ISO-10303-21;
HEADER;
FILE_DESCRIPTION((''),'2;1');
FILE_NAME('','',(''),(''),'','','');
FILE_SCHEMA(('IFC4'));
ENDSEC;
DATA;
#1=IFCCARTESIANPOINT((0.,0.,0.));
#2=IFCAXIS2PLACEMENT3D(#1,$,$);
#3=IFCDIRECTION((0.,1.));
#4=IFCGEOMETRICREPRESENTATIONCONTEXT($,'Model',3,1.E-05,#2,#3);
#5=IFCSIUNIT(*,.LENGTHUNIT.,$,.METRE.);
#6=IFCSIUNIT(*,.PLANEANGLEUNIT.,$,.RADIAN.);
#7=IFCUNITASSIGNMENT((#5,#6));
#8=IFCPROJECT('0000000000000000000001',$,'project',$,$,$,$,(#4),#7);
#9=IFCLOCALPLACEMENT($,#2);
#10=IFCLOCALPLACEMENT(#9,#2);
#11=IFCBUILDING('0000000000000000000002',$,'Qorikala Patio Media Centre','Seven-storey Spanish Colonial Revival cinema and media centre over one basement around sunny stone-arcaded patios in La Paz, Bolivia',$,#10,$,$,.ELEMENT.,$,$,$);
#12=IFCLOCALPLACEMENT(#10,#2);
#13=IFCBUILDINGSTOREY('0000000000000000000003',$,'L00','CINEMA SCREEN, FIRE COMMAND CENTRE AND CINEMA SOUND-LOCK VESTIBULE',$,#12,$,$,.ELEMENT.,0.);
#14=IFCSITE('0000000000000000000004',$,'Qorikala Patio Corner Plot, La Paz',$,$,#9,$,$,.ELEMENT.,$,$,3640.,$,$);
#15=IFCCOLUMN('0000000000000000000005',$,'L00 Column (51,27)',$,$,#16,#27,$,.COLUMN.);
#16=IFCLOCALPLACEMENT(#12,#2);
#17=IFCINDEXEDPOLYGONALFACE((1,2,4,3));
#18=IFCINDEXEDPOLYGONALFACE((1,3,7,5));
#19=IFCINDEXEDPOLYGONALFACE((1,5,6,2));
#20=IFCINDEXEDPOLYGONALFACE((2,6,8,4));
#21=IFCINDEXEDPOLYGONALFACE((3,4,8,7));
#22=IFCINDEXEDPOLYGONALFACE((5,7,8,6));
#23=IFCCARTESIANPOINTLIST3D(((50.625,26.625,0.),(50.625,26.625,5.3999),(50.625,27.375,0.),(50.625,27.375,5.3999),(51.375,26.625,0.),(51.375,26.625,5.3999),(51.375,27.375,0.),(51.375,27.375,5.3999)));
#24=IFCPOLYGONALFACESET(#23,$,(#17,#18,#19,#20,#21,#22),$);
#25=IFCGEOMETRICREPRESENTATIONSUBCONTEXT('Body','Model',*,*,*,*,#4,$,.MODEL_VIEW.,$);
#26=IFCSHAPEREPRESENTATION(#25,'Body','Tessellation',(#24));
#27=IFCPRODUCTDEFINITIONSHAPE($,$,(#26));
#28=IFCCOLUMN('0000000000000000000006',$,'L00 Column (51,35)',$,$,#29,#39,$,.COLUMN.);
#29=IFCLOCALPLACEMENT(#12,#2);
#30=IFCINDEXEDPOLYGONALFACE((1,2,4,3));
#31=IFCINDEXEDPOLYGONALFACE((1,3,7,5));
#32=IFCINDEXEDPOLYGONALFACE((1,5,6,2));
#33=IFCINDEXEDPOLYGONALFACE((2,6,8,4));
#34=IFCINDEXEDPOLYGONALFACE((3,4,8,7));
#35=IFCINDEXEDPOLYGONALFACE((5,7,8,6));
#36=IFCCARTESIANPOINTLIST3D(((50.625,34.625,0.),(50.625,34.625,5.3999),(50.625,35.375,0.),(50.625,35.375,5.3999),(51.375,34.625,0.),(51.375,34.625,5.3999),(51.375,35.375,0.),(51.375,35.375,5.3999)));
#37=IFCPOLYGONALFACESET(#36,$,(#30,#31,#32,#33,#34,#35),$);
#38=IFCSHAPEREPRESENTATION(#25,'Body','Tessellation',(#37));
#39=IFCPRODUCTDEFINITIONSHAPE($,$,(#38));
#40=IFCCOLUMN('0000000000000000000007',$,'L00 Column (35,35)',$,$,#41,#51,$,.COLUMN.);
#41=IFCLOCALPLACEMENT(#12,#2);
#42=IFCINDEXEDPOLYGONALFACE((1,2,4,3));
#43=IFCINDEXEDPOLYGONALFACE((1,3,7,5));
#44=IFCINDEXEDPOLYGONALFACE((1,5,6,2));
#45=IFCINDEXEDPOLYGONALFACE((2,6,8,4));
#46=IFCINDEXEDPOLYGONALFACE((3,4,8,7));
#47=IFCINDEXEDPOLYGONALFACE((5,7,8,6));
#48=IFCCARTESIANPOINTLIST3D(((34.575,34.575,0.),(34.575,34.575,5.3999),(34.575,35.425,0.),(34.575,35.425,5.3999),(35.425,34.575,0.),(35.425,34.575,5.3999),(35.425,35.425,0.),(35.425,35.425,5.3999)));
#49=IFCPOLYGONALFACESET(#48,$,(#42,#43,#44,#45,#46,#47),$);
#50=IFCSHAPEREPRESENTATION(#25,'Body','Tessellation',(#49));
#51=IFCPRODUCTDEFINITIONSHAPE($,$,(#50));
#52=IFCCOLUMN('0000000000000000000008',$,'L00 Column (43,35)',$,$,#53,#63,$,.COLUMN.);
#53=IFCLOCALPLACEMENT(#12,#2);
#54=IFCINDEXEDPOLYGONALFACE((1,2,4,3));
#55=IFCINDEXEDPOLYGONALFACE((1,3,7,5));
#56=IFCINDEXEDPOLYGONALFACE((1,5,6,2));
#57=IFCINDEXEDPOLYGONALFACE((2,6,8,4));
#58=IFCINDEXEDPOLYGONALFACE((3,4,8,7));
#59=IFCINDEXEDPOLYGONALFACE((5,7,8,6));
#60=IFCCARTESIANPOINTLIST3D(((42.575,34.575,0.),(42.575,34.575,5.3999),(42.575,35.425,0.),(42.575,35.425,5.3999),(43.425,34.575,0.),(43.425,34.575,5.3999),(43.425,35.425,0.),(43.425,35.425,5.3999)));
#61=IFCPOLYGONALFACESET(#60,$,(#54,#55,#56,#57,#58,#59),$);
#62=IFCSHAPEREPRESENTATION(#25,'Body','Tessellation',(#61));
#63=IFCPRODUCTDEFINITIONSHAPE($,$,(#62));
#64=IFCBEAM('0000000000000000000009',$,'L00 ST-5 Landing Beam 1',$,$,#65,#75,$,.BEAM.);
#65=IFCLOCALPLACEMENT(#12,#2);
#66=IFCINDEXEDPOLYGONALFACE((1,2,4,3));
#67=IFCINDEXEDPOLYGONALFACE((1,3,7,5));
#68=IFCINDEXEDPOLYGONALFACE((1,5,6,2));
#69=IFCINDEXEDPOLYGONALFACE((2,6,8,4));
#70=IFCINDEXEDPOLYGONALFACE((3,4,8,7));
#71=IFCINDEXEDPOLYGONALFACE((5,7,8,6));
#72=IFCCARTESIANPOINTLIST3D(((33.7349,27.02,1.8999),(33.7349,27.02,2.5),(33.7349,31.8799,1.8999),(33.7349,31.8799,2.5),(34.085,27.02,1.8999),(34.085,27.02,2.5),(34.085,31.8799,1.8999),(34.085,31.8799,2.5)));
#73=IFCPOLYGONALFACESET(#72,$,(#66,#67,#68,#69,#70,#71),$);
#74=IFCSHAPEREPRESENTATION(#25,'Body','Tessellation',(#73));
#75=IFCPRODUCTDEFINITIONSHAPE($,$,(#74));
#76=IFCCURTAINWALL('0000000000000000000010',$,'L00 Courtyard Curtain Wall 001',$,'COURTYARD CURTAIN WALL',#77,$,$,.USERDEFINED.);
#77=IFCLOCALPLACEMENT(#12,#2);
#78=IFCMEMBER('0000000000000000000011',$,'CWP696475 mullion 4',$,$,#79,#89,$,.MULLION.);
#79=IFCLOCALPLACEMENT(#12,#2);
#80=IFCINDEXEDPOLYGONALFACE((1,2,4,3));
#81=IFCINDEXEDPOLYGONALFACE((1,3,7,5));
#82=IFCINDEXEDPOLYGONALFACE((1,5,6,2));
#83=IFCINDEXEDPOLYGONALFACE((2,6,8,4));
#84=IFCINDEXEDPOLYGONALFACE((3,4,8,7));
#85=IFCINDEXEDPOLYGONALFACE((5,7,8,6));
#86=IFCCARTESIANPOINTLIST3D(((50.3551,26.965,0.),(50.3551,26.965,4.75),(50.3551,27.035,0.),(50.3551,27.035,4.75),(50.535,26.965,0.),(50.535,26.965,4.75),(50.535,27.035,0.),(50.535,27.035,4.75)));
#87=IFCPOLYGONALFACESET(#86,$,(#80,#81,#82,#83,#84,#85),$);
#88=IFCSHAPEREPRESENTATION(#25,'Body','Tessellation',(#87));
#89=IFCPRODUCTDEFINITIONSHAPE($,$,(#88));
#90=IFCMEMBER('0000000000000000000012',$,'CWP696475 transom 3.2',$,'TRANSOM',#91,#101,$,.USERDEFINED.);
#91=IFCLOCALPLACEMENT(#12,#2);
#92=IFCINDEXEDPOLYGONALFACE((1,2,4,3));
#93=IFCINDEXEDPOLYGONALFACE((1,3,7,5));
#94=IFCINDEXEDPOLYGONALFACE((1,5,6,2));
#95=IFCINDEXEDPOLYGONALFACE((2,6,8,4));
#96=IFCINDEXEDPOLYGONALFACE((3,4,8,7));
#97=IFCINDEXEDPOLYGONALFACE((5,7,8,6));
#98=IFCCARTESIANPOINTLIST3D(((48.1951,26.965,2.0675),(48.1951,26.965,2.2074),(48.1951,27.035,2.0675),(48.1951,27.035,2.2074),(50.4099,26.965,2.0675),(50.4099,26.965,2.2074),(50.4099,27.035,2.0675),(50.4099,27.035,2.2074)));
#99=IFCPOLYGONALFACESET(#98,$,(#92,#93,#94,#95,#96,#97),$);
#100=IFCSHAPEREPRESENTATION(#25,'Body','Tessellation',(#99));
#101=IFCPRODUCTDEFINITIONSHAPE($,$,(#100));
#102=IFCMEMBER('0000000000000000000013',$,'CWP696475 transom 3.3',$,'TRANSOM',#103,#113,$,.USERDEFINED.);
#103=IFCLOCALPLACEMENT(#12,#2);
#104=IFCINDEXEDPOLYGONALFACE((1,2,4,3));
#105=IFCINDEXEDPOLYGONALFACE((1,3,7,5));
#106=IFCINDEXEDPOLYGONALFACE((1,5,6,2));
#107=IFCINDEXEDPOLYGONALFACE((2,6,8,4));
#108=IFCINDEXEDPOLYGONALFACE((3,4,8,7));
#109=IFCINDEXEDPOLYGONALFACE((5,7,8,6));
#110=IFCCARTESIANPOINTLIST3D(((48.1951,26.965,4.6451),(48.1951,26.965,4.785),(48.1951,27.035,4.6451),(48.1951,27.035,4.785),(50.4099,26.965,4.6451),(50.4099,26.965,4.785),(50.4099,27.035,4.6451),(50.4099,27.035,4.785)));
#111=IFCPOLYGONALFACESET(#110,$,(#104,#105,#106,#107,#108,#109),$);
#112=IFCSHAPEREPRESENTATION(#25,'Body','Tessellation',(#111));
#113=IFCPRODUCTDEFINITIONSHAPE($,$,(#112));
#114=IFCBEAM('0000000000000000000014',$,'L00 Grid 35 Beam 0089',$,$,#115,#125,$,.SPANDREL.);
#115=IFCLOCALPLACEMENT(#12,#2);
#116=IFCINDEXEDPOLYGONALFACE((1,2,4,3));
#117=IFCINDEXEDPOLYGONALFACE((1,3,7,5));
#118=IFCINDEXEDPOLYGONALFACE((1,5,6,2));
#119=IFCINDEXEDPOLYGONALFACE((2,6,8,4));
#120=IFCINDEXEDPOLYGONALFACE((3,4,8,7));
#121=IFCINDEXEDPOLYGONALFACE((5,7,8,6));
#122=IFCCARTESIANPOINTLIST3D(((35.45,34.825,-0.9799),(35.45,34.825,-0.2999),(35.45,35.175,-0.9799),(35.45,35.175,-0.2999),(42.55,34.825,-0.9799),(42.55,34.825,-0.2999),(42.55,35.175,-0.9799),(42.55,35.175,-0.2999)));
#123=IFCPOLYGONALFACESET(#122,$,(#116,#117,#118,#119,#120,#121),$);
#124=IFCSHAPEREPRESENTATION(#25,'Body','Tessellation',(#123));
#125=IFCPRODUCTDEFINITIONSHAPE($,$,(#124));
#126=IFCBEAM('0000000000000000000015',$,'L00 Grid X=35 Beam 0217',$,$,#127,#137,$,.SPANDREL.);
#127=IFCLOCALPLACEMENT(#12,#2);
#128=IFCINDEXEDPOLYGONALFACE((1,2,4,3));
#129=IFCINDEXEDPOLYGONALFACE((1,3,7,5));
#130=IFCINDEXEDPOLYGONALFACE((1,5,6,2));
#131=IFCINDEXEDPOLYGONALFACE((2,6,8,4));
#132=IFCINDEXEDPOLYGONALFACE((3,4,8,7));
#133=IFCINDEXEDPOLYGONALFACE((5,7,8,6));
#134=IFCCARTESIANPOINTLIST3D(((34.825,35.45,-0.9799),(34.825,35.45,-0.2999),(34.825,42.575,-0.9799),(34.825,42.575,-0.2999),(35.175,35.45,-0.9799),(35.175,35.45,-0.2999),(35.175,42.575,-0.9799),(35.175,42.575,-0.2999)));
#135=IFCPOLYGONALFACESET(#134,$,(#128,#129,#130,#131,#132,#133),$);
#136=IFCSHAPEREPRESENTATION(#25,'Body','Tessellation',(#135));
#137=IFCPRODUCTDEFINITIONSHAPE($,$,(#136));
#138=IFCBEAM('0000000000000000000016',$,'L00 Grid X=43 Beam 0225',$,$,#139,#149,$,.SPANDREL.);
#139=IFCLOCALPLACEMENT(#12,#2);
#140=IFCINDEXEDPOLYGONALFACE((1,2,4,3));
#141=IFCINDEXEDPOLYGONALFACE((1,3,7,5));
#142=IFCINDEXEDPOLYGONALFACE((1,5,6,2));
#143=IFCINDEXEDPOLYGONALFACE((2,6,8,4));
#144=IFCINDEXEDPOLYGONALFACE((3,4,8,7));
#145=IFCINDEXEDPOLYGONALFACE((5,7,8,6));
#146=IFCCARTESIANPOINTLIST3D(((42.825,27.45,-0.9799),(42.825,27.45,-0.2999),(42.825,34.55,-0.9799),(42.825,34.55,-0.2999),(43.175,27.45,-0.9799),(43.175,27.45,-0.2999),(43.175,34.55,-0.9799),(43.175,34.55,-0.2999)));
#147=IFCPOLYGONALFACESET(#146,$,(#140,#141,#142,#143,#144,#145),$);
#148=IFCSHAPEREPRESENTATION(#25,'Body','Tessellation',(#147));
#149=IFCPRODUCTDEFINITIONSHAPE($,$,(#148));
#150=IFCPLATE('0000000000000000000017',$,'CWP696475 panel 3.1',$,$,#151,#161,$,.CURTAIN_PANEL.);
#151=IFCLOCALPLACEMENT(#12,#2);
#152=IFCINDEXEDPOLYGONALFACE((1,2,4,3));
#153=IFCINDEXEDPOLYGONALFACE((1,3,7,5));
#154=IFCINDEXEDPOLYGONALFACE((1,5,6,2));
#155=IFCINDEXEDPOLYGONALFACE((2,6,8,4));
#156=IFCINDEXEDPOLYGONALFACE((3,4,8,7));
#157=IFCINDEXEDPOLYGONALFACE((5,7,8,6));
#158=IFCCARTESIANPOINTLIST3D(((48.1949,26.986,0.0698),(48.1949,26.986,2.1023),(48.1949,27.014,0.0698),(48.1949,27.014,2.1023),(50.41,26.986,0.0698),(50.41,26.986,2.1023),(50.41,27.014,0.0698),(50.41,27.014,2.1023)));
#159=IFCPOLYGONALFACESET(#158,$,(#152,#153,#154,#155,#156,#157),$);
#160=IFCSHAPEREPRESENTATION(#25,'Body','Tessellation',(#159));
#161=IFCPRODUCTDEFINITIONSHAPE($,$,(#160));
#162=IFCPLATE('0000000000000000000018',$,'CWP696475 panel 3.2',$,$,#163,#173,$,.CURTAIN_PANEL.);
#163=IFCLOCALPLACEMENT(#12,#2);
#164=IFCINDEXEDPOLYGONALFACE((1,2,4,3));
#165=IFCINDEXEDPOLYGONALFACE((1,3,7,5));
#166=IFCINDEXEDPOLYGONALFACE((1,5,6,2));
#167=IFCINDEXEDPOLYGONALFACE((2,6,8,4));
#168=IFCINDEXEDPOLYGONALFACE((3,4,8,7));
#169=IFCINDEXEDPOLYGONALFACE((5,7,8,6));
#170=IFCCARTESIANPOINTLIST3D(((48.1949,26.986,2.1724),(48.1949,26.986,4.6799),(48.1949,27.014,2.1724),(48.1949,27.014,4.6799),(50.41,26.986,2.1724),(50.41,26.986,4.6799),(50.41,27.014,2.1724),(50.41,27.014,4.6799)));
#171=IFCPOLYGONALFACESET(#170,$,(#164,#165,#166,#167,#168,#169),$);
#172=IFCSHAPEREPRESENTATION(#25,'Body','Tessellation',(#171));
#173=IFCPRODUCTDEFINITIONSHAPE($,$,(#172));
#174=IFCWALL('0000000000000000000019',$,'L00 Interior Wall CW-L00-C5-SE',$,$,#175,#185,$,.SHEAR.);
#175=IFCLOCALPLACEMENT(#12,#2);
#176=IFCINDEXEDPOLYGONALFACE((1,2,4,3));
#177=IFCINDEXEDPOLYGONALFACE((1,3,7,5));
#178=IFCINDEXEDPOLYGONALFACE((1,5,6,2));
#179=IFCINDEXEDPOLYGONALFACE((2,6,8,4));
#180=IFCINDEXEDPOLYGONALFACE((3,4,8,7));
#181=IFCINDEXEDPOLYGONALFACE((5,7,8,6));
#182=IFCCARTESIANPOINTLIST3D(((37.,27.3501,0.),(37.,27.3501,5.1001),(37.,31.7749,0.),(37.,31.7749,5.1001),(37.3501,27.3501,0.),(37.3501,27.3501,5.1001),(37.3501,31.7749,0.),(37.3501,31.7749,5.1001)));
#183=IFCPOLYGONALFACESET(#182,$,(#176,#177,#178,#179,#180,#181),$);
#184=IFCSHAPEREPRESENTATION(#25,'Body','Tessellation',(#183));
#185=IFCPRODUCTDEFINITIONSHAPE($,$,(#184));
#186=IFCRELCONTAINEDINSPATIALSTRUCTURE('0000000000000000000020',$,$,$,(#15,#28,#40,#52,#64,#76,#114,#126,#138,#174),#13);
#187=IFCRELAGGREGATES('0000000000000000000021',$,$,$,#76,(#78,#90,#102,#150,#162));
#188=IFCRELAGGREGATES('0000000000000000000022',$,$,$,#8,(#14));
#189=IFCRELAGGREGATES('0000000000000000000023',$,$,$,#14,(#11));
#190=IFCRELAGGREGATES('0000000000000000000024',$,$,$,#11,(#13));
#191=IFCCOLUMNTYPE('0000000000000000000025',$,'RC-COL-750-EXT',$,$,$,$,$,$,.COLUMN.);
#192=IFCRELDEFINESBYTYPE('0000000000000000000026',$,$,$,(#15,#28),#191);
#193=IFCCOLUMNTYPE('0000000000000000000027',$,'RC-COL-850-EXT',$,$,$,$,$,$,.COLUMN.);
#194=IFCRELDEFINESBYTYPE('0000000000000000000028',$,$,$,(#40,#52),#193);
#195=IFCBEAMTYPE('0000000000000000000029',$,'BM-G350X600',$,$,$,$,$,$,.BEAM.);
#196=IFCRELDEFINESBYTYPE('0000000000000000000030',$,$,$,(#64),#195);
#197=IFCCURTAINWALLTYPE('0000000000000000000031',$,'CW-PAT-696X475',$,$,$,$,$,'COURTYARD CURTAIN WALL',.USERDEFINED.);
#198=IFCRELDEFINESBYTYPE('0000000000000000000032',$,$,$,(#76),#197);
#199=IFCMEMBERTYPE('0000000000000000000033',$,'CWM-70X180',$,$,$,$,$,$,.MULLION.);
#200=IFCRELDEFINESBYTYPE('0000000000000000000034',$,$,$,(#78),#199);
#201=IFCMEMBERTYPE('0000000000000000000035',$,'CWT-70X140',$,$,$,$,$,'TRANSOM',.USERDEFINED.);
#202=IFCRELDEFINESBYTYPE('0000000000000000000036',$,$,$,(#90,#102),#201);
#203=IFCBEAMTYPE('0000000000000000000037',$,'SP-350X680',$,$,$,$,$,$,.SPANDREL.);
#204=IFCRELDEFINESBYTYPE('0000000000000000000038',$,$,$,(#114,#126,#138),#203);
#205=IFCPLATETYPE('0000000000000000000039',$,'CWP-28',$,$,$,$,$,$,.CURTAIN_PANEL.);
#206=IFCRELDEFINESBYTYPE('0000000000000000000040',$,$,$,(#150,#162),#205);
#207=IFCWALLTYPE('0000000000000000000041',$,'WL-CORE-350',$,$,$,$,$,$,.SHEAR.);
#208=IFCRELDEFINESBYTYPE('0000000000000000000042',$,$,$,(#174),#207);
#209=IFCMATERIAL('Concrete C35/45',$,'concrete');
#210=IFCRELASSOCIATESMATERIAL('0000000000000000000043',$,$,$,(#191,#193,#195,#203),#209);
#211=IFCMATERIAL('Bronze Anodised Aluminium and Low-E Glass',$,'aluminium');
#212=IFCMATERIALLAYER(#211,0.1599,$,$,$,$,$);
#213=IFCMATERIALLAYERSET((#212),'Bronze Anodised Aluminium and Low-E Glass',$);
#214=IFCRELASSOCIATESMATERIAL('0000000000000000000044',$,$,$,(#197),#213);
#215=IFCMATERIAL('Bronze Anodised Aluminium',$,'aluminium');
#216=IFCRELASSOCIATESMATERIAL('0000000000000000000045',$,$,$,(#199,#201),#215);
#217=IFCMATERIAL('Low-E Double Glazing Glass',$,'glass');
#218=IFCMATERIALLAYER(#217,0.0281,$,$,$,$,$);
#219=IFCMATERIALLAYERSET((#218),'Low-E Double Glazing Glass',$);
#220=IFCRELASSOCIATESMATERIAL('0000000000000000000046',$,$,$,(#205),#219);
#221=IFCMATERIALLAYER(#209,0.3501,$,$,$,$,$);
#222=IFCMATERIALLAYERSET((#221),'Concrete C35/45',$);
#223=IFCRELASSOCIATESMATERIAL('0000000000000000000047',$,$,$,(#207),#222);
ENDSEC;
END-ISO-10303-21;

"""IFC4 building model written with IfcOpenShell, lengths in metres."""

from ifc_helpers import new_model, si_unit, direction, frame, frame_2d, origin, origin_2d, place, context, subcontext, project, spatial, rectangle, extrude, material, layer, layer_set, material_profile, profile_set, type_object, element, aggregate, save


model = new_model("IFC4")

# Units and contexts
model_context = context("Model", 3, precision=1e-05, world=origin(), true_north=direction((0.0, 1.0)))
body_context = subcontext(model_context, "Body", "Model", "MODEL_VIEW")
ifc_project = project(units=[si_unit("LENGTHUNIT", "METRE"), si_unit("PLANEANGLEUNIT", "RADIAN")], contexts=[model_context])

# Site, building, storey
site_placement = place(None, origin())
site = spatial("IfcSite", under=ifc_project, at=site_placement, Name="Qorikala Patio Corner Plot, La Paz", CompositionType="ELEMENT", RefElevation=3640.0)
building_placement = place(site_placement, origin())
building = spatial("IfcBuilding", under=site, at=building_placement, Name="Qorikala Patio Media Centre", Description="Seven-storey Spanish Colonial Revival cinema and media centre over one basement around sunny stone-arcaded patios in La Paz, Bolivia", CompositionType="ELEMENT")
storey_placement = place(building_placement, origin())
storey = spatial("IfcBuildingStorey", under=building, at=storey_placement, Name="L00", Description="CINEMA SCREEN, FIRE COMMAND CENTRE AND CINEMA SOUND-LOCK VESTIBULE", CompositionType="ELEMENT", Elevation=0.0)

# Columns
ifc_material_1 = material(Name="Concrete C35/45", Category="concrete")
ifc_material_profile_1 = material_profile(ifc_material_1, rectangle(XDim=0.75, YDim=0.75, at=origin_2d()), Name="RC 750x750")
ifc_profile_set_1 = profile_set([ifc_material_profile_1], Name="Concrete C35/45")
column_type_1 = type_object("IfcColumnType", Name="RC-COL-750-EXT", PredefinedType="COLUMN", material=ifc_profile_set_1)
for number, where, z_axis, x_axis, name in (
    (1, (51.0, 27.0, 0.0), (0.0, 0.0, 1.0), (1.0, 0.0, 0.0), "L00 Column (51,27)"),
    (2, (51.0, 35.0, 0.0), (0.0, 0.0, 1.0), (1.0, 0.0, 0.0), "L00 Column (51,35)"),
):
    element("IfcColumn", number, at=place(storey_placement, frame(where, z_axis=z_axis, x_axis=x_axis)), inside=storey, type_object=column_type_1, Name=name, PredefinedType="COLUMN", context=body_context, shape_type="SweptSolid", body=[
        extrude(rectangle(XDim=0.75, YDim=0.75, at=origin_2d()), origin(), (0.0, 0.0, 1.0), 5.3999),
    ])
ifc_material_profile_2 = material_profile(ifc_material_1, rectangle(XDim=0.8501, YDim=0.8501, at=origin_2d()), Name="RC 850x850")
ifc_profile_set_2 = profile_set([ifc_material_profile_2], Name="Concrete C35/45")
column_type_2 = type_object("IfcColumnType", Name="RC-COL-850-EXT", PredefinedType="COLUMN", material=ifc_profile_set_2)
for number, where, z_axis, x_axis, name in (
    (3, (35.0, 35.0, 0.0), (0.0, 0.0, 1.0), (1.0, 0.0, 0.0), "L00 Column (35,35)"),
    (4, (43.0, 35.0, 0.0), (0.0, 0.0, 1.0), (1.0, 0.0, 0.0), "L00 Column (43,35)"),
):
    element("IfcColumn", number, at=place(storey_placement, frame(where, z_axis=z_axis, x_axis=x_axis)), inside=storey, type_object=column_type_2, Name=name, PredefinedType="COLUMN", context=body_context, shape_type="SweptSolid", body=[
        extrude(rectangle(XDim=0.8501, YDim=0.8501, at=origin_2d()), origin(), (0.0, 0.0, 1.0), 5.3999),
    ])

# Beam
ifc_material_profile_3 = material_profile(ifc_material_1, rectangle(XDim=0.3501, YDim=0.6001, at=origin_2d()), Name="RC 350x600")
ifc_profile_set_3 = profile_set([ifc_material_profile_3], Name="Concrete C35/45")
beam_type_1 = type_object("IfcBeamType", Name="BM-G350X600", PredefinedType="BEAM", material=ifc_profile_set_3)
beam_1_placement = place(storey_placement, frame((33.9099, 27.02, 2.2), z_axis=(0.0, 1.0, 0.0), x_axis=(-1.0, 0.0, 0.0)))
element("IfcBeam", 5, at=beam_1_placement, inside=storey, type_object=beam_type_1, Name="L00 ST-5 Landing Beam 1", PredefinedType="BEAM", context=body_context, shape_type="SweptSolid", body=[
    extrude(rectangle(XDim=0.3501, YDim=0.6001, at=origin_2d()), origin(), (0.0, 0.0, 1.0), 4.8599),
])

# Curtain wall, members
ifc_material_2 = material(Name="Bronze Anodised Aluminium and Low-E Glass", Category="aluminium")
ifc_layer_1 = layer(ifc_material_2, 0.1599)
ifc_layer_set_1 = layer_set([ifc_layer_1], Name="Bronze Anodised Aluminium and Low-E Glass")
curtain_wall_type = type_object("IfcCurtainWallType", Name="CW-PAT-696X475", ElementType="COURTYARD CURTAIN WALL", PredefinedType="USERDEFINED", material=ifc_layer_set_1)
curtain_wall_placement = place(storey_placement, origin())
curtain_wall = element("IfcCurtainWall", 6, at=curtain_wall_placement, inside=storey, type_object=curtain_wall_type, Name="L00 Courtyard Curtain Wall 001", ObjectType="COURTYARD CURTAIN WALL", PredefinedType="USERDEFINED")
ifc_material_3 = material(Name="Bronze Anodised Aluminium", Category="aluminium")
ifc_material_profile_4 = material_profile(ifc_material_3, rectangle(XDim=0.0701, YDim=0.1799, at=origin_2d()), Name="ALU MULLION 70x180")
ifc_profile_set_4 = profile_set([ifc_material_profile_4], Name="Bronze Anodised Aluminium")
member_type_1 = type_object("IfcMemberType", Name="CWM-70X180", PredefinedType="MULLION", material=ifc_profile_set_4)
member_1_placement = place(storey_placement, frame((50.4451, 27.0, 0.0), z_axis=(0.0, 0.0, 1.0), x_axis=(0.0, 1.0, 0.0)))
member_1 = element("IfcMember", 7, at=member_1_placement, type_object=member_type_1, Name="CWP696475 mullion 4", PredefinedType="MULLION", context=body_context, shape_type="SweptSolid", body=[
    extrude(rectangle(XDim=0.0701, YDim=0.1799, at=origin_2d()), origin(), (0.0, 0.0, 1.0), 4.75),
])
ifc_material_profile_5 = material_profile(ifc_material_3, rectangle(XDim=0.0701, YDim=0.1399, at=origin_2d()), Name="ALU TRANSOM 70x140")
ifc_profile_set_5 = profile_set([ifc_material_profile_5], Name="Bronze Anodised Aluminium")
member_type_2 = type_object("IfcMemberType", Name="CWT-70X140", ElementType="TRANSOM", PredefinedType="USERDEFINED", material=ifc_profile_set_5)
member_2_placement = place(storey_placement, frame((48.1951, 27.0, 2.1375), z_axis=(1.0, 0.0, 0.0), x_axis=(0.0, 1.0, 0.0)))
member_2 = element("IfcMember", 8, at=member_2_placement, type_object=member_type_2, Name="CWP696475 transom 3.2", ObjectType="TRANSOM", PredefinedType="USERDEFINED", context=body_context, shape_type="SweptSolid", body=[
    extrude(rectangle(XDim=0.0701, YDim=0.1399, at=origin_2d()), origin(), (0.0, 0.0, 1.0), 2.2148),
])
member_3_placement = place(storey_placement, frame((48.1951, 27.0, 4.7151), z_axis=(1.0, 0.0, 0.0), x_axis=(0.0, 1.0, 0.0)))
member_3 = element("IfcMember", 9, at=member_3_placement, type_object=member_type_2, Name="CWP696475 transom 3.3", ObjectType="TRANSOM", PredefinedType="USERDEFINED", context=body_context, shape_type="SweptSolid", body=[
    extrude(rectangle(XDim=0.0701, YDim=0.1399, at=origin_2d()), origin(), (0.0, 0.0, 1.0), 2.2148),
])

# Beams
ifc_material_profile_6 = material_profile(ifc_material_1, rectangle(XDim=0.3501, YDim=0.6799, at=origin_2d()), Name="RC 350x680")
ifc_profile_set_6 = profile_set([ifc_material_profile_6], Name="Concrete C35/45")
beam_type_2 = type_object("IfcBeamType", Name="SP-350X680", PredefinedType="SPANDREL", material=ifc_profile_set_6)
beam_2_placement = place(storey_placement, frame((35.45, 35.0, -0.6399), z_axis=(1.0, 0.0, 0.0), x_axis=(0.0, 1.0, 0.0)))
element("IfcBeam", 10, at=beam_2_placement, inside=storey, type_object=beam_type_2, Name="L00 Grid 35 Beam 0089", PredefinedType="SPANDREL", context=body_context, shape_type="SweptSolid", body=[
    extrude(rectangle(XDim=0.3501, YDim=0.6799, at=origin_2d()), origin(), (0.0, 0.0, 1.0), 7.1001),
])
beam_3_placement = place(storey_placement, frame((35.0, 35.45, -0.6399), z_axis=(0.0, 1.0, 0.0), x_axis=(-1.0, 0.0, 0.0)))
element("IfcBeam", 11, at=beam_3_placement, inside=storey, type_object=beam_type_2, Name="L00 Grid X=35 Beam 0217", PredefinedType="SPANDREL", context=body_context, shape_type="SweptSolid", body=[
    extrude(rectangle(XDim=0.3501, YDim=0.6799, at=origin_2d()), origin(), (0.0, 0.0, 1.0), 7.125),
])
beam_4_placement = place(storey_placement, frame((43.0, 27.45, -0.6399), z_axis=(0.0, 1.0, 0.0), x_axis=(-1.0, 0.0, 0.0)))
element("IfcBeam", 12, at=beam_4_placement, inside=storey, type_object=beam_type_2, Name="L00 Grid X=43 Beam 0225", PredefinedType="SPANDREL", context=body_context, shape_type="SweptSolid", body=[
    extrude(rectangle(XDim=0.3501, YDim=0.6799, at=origin_2d()), origin(), (0.0, 0.0, 1.0), 7.1001),
])

# Plates
ifc_material_4 = material(Name="Low-E Double Glazing Glass", Category="glass")
ifc_layer_2 = layer(ifc_material_4, 0.0281)
ifc_layer_set_2 = layer_set([ifc_layer_2], Name="Low-E Double Glazing Glass")
plate_type = type_object("IfcPlateType", Name="CWP-28", PredefinedType="CURTAIN_PANEL", material=ifc_layer_set_2)
plate_1_placement = place(storey_placement, frame((49.3025, 27.0, 0.0698), z_axis=(0.0, 0.0, 1.0), x_axis=(1.0, 0.0, 0.0)))
plate_1 = element("IfcPlate", 13, at=plate_1_placement, type_object=plate_type, Name="CWP696475 panel 3.1", PredefinedType="CURTAIN_PANEL", context=body_context, shape_type="SweptSolid", body=[
    extrude(rectangle(XDim=2.2151, YDim=0.0281, at=origin_2d()), origin(), (0.0, 0.0, 1.0), 2.0325),
])
plate_2_placement = place(storey_placement, frame((49.3025, 27.0, 2.1724), z_axis=(0.0, 0.0, 1.0), x_axis=(1.0, 0.0, 0.0)))
plate_2 = element("IfcPlate", 14, at=plate_2_placement, type_object=plate_type, Name="CWP696475 panel 3.2", PredefinedType="CURTAIN_PANEL", context=body_context, shape_type="SweptSolid", body=[
    extrude(rectangle(XDim=2.2151, YDim=0.0281, at=origin_2d()), origin(), (0.0, 0.0, 1.0), 2.5076),
])
aggregate(curtain_wall, [member_1, member_2, member_3, plate_1, plate_2])

# Wall
ifc_layer_3 = layer(ifc_material_1, 0.3501)
ifc_layer_set_3 = layer_set([ifc_layer_3], Name="Concrete C35/45")
wall_type_1 = type_object("IfcWallType", Name="WL-CORE-350", PredefinedType="SHEAR", material=ifc_layer_set_3)
wall_1_placement = place(storey_placement, frame((37.175, 27.3501, 0.0), z_axis=(0.0, 0.0, 1.0), x_axis=(0.0, 1.0, 0.0)))
element("IfcWall", 15, at=wall_1_placement, inside=storey, type_object=wall_type_1, Name="L00 Interior Wall CW-L00-C5-SE", PredefinedType="SHEAR", context=body_context, shape_type="SweptSolid", body=[
    extrude(rectangle(XDim=4.4248, YDim=0.3501, at=frame_2d((2.2124, 0.0))), origin(), (0.0, 0.0, 1.0), 5.1001),
])

save(model, "model.ifc")
